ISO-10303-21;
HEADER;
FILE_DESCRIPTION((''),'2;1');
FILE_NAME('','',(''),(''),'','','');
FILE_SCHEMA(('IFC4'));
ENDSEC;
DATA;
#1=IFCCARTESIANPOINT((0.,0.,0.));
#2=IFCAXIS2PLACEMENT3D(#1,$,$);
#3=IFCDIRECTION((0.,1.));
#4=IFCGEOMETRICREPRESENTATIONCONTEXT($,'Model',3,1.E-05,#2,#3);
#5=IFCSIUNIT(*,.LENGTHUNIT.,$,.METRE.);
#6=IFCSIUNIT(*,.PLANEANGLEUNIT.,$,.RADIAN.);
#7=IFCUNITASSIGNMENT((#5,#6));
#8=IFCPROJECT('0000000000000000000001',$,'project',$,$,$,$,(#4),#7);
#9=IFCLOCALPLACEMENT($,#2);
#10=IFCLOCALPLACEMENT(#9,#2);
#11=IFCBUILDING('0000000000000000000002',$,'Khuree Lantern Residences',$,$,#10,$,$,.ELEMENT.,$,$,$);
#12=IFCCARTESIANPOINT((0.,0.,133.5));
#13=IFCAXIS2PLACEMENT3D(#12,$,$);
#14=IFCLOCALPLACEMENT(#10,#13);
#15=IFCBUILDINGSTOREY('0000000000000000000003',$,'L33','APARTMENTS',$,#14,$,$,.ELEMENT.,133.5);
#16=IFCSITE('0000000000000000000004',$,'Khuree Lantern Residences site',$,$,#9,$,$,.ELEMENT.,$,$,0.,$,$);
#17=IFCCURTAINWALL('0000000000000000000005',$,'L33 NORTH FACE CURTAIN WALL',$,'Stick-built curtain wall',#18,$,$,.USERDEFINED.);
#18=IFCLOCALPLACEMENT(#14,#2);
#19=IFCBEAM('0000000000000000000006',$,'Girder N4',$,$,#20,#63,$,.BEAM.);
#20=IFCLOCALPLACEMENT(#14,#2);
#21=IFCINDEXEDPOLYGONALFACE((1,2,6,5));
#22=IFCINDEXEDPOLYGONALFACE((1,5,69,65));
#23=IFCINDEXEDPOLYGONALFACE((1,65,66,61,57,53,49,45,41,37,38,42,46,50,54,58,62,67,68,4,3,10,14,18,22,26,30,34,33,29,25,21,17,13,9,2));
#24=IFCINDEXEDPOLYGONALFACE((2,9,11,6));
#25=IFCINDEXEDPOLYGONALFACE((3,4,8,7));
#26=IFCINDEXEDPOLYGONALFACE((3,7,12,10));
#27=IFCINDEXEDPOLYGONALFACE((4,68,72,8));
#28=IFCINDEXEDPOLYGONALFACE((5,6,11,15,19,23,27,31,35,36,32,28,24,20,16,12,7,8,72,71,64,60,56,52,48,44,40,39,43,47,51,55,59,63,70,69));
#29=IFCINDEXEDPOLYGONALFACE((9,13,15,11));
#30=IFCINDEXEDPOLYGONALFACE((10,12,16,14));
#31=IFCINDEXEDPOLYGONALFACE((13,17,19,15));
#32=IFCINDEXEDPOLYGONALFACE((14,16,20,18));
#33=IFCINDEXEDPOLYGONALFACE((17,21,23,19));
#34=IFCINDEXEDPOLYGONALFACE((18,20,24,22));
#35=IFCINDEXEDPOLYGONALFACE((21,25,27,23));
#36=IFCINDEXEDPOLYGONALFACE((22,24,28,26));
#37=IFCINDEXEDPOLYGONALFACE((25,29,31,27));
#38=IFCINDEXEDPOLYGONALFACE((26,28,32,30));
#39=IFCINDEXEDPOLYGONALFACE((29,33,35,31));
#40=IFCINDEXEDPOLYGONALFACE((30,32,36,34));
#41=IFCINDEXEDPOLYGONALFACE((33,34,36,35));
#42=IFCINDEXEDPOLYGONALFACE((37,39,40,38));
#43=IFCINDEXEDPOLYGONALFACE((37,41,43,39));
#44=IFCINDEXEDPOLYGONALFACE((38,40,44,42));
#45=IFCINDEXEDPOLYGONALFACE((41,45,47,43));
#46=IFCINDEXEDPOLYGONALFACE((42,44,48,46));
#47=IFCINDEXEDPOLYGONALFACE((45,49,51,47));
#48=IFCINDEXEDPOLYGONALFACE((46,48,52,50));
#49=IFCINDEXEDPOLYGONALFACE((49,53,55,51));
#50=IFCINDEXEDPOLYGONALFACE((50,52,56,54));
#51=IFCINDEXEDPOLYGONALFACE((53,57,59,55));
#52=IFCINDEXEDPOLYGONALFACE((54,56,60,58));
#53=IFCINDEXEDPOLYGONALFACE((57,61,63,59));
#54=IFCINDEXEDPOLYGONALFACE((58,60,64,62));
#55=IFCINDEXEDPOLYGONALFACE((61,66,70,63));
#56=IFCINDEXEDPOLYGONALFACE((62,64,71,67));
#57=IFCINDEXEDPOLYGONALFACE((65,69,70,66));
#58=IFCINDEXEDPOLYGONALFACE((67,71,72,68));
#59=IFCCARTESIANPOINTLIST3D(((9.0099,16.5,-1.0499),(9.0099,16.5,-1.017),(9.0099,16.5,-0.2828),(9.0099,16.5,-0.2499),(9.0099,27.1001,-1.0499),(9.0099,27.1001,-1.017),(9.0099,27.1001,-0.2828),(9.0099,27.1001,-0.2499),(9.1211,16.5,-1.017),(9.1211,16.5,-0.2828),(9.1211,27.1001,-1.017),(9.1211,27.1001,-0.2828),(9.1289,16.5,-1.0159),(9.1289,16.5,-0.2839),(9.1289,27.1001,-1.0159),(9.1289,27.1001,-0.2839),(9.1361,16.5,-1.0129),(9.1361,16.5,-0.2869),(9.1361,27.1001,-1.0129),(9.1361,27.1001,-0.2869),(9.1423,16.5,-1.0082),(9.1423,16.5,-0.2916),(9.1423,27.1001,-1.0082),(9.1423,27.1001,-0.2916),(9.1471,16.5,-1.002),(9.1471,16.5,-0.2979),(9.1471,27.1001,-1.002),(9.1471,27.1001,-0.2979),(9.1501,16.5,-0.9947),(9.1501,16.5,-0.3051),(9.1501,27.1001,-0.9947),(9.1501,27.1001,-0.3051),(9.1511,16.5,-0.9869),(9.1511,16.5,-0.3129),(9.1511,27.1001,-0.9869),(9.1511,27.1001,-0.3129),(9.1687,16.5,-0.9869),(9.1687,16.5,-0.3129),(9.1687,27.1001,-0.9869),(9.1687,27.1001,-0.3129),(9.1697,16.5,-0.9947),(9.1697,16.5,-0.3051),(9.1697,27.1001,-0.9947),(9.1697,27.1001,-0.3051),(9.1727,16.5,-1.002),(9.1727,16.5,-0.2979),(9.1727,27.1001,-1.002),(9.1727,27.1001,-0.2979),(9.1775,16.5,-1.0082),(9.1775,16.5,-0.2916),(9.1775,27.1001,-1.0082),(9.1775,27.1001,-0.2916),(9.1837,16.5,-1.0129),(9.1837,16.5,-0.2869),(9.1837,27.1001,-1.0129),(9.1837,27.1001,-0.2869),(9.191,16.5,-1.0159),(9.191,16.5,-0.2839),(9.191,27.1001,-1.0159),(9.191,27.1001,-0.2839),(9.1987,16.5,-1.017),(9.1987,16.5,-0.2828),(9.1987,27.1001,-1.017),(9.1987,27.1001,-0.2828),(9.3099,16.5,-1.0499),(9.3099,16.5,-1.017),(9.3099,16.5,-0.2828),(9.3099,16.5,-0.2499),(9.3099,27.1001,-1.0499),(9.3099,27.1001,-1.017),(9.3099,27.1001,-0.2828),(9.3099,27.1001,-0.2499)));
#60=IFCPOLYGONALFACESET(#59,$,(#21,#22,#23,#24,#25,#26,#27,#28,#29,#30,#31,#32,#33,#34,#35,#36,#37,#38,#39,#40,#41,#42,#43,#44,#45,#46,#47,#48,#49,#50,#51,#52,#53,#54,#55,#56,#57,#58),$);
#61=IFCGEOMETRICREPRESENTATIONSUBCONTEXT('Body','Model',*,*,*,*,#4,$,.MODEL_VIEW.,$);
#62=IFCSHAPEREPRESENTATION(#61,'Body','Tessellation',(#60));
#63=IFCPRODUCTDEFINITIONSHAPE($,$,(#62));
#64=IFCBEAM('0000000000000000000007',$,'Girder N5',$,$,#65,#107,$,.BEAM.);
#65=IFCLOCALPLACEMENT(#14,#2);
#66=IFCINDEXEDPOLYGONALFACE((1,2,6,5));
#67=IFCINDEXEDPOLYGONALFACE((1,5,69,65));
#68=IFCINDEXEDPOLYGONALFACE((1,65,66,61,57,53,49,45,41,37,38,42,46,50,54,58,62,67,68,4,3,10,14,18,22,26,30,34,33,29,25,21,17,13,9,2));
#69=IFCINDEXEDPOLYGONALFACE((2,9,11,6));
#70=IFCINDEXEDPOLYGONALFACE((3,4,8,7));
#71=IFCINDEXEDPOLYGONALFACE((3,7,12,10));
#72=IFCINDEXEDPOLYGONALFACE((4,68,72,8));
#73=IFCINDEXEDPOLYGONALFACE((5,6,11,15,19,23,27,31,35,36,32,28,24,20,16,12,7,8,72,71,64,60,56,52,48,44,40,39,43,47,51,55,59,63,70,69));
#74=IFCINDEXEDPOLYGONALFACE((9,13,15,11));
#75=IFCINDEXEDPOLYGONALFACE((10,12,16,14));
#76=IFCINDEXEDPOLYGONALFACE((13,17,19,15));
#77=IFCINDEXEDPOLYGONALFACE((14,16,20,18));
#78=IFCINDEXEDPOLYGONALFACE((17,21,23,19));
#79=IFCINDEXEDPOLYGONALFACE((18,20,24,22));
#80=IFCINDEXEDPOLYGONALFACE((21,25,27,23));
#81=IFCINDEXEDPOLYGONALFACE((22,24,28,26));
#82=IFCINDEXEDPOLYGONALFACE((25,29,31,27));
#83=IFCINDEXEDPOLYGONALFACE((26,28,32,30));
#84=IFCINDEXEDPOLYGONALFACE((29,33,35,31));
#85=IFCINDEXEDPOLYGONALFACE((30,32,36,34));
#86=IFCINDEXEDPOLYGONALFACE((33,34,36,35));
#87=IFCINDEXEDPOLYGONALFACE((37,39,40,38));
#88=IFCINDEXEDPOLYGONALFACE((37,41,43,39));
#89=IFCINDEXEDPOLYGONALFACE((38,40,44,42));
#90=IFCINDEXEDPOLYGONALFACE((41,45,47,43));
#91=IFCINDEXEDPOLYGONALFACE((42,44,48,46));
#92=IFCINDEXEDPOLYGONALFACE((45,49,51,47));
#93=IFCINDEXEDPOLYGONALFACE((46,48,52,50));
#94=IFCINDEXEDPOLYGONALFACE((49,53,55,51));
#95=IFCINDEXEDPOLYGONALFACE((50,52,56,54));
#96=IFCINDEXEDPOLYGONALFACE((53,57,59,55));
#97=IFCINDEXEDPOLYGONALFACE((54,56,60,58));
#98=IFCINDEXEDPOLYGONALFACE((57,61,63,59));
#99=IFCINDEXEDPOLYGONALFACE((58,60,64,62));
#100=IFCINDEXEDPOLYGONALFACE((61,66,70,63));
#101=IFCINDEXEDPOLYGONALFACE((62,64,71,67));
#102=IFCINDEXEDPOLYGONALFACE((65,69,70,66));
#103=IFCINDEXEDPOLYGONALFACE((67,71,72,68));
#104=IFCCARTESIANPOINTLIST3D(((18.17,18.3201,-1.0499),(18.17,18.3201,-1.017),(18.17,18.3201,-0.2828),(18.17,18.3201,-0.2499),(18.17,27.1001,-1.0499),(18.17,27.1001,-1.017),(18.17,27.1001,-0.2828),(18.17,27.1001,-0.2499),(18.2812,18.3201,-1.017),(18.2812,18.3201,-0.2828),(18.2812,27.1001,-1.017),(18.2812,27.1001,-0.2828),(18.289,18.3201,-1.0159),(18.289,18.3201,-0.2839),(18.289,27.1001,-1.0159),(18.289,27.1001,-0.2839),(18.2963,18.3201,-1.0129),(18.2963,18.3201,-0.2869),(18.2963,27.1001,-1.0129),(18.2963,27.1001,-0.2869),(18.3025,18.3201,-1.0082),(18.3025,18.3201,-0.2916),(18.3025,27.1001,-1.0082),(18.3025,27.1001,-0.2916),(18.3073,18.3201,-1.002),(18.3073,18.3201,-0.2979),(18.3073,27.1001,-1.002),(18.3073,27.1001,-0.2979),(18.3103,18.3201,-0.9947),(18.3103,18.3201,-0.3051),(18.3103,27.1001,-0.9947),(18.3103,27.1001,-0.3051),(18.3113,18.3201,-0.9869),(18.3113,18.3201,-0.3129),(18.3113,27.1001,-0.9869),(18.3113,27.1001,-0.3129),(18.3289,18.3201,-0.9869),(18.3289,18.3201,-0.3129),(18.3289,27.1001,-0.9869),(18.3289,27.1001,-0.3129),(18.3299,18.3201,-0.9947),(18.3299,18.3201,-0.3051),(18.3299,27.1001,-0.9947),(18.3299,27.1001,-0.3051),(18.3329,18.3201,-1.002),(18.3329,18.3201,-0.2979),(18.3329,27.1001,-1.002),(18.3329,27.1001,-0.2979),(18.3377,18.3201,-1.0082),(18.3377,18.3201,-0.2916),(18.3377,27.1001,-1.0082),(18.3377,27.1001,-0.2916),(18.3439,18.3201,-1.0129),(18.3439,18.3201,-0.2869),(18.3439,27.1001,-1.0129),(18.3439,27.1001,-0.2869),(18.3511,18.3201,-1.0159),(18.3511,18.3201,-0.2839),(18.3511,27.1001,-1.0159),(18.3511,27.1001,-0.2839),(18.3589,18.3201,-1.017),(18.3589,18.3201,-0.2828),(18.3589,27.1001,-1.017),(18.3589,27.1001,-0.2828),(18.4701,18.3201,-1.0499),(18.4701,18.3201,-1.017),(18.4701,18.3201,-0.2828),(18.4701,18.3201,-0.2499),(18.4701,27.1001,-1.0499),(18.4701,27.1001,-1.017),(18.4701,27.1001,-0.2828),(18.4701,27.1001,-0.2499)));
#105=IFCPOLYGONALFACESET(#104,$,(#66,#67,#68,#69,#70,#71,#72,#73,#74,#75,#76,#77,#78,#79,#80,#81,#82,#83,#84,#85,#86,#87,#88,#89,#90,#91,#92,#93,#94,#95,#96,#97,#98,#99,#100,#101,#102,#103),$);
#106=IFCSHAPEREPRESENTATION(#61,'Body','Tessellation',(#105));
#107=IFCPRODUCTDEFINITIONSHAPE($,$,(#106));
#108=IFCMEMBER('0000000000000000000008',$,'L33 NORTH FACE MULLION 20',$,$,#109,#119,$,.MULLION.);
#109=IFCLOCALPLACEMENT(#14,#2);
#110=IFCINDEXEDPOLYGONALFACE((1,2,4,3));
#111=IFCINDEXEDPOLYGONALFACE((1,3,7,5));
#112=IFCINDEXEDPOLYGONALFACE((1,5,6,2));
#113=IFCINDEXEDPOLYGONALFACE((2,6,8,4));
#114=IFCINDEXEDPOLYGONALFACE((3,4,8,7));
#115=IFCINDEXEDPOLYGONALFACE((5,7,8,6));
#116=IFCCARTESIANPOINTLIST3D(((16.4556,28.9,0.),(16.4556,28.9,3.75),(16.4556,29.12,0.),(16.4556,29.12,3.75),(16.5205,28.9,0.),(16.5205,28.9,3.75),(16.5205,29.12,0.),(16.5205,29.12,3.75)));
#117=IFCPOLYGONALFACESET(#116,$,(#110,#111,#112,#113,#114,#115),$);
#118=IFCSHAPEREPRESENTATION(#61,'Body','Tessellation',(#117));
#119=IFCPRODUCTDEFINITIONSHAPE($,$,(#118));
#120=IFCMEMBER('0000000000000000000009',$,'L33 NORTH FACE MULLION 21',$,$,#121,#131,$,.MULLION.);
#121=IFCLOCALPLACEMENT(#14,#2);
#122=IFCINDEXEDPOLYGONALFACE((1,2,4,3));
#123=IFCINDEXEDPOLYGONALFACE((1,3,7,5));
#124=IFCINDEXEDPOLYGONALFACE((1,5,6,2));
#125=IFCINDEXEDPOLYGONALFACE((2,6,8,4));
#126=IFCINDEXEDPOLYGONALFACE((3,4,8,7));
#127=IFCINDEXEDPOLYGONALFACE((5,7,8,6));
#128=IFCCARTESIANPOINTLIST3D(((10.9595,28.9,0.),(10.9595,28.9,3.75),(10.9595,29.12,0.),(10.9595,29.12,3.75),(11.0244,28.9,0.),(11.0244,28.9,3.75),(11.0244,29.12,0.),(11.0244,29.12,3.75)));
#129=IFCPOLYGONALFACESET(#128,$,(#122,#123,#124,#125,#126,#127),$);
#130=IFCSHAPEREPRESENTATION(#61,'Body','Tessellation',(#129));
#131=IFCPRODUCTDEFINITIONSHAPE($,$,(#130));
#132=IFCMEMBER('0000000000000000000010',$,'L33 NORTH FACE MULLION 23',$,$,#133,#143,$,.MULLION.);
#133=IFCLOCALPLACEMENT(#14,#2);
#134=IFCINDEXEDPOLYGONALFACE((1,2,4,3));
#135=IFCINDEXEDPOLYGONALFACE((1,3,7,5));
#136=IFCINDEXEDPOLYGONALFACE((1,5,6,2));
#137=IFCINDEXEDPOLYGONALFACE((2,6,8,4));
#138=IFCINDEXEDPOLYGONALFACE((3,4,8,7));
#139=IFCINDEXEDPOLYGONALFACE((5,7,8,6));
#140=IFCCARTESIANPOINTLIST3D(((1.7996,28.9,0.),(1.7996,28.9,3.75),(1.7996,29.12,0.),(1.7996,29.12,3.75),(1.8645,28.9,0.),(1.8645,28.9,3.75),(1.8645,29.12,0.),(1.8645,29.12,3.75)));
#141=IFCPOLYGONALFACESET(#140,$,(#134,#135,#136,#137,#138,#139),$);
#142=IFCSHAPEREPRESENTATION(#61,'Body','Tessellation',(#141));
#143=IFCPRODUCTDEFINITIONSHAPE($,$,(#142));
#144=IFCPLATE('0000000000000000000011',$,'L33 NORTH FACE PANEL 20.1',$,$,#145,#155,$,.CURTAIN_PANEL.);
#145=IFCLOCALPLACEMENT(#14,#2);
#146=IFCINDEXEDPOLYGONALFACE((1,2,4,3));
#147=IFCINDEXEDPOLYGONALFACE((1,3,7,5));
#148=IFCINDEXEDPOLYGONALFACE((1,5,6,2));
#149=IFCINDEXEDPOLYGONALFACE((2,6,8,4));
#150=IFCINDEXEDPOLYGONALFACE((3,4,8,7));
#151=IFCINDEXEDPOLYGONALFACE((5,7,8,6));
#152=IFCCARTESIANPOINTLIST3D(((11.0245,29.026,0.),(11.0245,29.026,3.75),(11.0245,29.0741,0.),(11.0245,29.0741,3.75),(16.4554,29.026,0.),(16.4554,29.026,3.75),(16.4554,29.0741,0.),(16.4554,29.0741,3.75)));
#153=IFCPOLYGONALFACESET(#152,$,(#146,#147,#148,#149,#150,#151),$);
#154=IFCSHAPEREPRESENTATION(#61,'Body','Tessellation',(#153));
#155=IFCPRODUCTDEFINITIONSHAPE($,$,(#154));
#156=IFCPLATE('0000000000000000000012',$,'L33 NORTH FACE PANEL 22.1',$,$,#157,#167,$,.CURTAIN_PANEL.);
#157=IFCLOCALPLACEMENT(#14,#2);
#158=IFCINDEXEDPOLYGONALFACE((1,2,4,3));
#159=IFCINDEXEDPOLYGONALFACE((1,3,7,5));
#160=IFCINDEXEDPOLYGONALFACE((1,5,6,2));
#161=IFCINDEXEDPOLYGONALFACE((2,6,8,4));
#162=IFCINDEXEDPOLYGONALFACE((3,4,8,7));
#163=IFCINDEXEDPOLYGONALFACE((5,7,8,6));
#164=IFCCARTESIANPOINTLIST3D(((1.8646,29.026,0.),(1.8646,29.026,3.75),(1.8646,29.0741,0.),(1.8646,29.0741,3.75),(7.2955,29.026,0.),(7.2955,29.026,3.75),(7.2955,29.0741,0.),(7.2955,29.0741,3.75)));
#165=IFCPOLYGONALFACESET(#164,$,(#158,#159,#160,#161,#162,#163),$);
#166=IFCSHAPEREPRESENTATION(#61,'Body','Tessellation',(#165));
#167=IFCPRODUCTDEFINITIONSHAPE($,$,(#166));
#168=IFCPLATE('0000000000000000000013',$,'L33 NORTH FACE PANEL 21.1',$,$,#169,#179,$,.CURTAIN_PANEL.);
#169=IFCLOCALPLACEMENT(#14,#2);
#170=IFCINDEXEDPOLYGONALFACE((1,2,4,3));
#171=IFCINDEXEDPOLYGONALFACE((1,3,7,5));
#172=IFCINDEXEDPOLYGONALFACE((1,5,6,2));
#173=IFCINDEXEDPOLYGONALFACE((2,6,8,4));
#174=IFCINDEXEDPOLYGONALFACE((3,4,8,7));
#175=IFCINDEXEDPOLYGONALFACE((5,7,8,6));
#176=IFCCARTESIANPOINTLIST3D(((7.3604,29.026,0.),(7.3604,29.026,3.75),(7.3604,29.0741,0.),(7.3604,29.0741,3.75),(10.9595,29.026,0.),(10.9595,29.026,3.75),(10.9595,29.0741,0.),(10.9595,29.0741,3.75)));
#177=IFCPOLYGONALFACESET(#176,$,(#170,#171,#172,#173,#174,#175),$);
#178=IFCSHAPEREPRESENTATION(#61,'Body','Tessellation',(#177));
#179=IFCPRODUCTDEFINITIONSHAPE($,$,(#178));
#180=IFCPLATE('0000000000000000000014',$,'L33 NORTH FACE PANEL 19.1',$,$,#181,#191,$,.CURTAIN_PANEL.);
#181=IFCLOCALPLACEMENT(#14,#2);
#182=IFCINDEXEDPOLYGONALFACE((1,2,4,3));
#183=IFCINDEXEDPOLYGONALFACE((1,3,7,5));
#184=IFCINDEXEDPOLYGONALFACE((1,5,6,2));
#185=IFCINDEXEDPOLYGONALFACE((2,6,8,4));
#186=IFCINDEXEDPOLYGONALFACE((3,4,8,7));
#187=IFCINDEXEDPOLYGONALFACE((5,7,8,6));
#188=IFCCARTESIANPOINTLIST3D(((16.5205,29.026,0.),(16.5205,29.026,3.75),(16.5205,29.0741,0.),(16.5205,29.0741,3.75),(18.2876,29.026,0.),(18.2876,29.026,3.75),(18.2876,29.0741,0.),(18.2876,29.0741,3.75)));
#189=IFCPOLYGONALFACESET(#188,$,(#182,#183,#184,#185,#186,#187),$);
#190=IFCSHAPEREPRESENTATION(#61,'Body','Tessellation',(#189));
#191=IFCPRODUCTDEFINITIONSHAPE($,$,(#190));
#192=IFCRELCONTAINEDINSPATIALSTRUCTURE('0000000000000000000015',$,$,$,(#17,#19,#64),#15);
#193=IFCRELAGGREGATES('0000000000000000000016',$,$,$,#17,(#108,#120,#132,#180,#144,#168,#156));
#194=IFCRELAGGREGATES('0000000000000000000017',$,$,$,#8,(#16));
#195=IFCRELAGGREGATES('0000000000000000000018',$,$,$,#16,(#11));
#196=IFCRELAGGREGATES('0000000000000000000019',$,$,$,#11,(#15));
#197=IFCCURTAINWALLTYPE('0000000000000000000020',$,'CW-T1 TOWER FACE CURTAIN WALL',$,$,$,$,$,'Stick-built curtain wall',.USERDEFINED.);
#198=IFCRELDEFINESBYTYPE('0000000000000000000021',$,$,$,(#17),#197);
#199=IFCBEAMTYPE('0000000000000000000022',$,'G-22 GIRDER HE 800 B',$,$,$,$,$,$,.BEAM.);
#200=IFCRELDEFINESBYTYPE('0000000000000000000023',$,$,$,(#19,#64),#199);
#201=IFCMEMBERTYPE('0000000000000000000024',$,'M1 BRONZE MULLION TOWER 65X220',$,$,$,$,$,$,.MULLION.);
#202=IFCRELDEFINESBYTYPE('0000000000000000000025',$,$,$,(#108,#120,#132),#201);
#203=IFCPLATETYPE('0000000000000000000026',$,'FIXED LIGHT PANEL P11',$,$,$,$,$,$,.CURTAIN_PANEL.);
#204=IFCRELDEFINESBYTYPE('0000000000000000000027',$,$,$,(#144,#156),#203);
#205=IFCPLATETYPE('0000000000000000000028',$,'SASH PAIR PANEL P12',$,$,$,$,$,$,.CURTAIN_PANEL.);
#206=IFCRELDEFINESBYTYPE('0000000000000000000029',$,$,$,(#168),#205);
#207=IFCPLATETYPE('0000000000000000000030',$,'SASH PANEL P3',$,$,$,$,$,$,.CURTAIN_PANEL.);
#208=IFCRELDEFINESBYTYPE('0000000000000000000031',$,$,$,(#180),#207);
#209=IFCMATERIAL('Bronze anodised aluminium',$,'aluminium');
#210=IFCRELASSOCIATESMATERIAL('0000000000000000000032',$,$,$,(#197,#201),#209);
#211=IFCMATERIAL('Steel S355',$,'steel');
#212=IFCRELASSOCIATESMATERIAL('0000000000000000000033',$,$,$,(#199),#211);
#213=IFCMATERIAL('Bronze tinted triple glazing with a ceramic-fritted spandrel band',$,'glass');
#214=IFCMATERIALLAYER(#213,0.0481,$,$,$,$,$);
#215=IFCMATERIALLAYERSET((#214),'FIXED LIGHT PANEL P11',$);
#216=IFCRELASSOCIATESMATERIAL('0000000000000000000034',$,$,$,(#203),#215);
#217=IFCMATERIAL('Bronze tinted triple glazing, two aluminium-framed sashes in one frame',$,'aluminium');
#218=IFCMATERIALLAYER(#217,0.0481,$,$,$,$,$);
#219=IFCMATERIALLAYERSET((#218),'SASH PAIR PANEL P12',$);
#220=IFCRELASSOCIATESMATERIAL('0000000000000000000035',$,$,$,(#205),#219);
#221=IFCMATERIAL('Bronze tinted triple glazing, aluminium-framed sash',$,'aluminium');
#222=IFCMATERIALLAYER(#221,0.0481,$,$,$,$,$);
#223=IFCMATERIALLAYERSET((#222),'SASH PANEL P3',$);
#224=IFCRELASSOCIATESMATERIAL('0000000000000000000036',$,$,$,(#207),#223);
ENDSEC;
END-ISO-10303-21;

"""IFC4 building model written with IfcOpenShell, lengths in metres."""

from ifc_helpers import new_model, si_unit, direction, frame, origin, origin_2d, place, context, subcontext, project, spatial, rectangle, i_section, extrude, material, layer, layer_set, material_profile, profile_set, type_object, element, aggregate, save


model = new_model("IFC4")

# Units and contexts
model_context = context("Model", 3, precision=1e-05, world=origin(), true_north=direction((0.0, 1.0)))
body_context = subcontext(model_context, "Body", "Model", "MODEL_VIEW")
ifc_project = project(units=[si_unit("LENGTHUNIT", "METRE"), si_unit("PLANEANGLEUNIT", "RADIAN")], contexts=[model_context])

# Site, building, storey
site_placement = place(None, origin())
site = spatial("IfcSite", under=ifc_project, at=site_placement, Name="Khuree Lantern Residences site", CompositionType="ELEMENT", RefElevation=0.0)
building_placement = place(site_placement, origin())
building = spatial("IfcBuilding", under=site, at=building_placement, Name="Khuree Lantern Residences", CompositionType="ELEMENT")
storey_placement = place(building_placement, frame((0.0, 0.0, 133.5)))
storey = spatial("IfcBuildingStorey", under=building, at=storey_placement, Name="L33", Description="APARTMENTS", CompositionType="ELEMENT", Elevation=133.5)

# Shared definitions
ifc_material_1 = material(Name="Steel S355", Category="steel")

# Curtain wall
ifc_material_2 = material(Name="Bronze anodised aluminium", Category="aluminium")
curtain_wall_type = type_object("IfcCurtainWallType", Name="CW-T1 TOWER FACE CURTAIN WALL", ElementType="Stick-built curtain wall", PredefinedType="USERDEFINED", material=ifc_material_2)
curtain_wall_placement = place(storey_placement, origin())
curtain_wall = element("IfcCurtainWall", 1, at=curtain_wall_placement, inside=storey, type_object=curtain_wall_type, Name="L33 NORTH FACE CURTAIN WALL", ObjectType="Stick-built curtain wall", PredefinedType="USERDEFINED")

# Beams
ifc_material_profile_1 = material_profile(ifc_material_1, i_section(OverallWidth=0.3, OverallDepth=0.8, WebThickness=0.0176, FlangeThickness=0.033, FilletRadius=0.03, at=origin_2d()), Name="HE 800 B")
ifc_profile_set_1 = profile_set([ifc_material_profile_1], Name="Steel S355")
beam_type_1 = type_object("IfcBeamType", Name="G-22 GIRDER HE 800 B", PredefinedType="BEAM", material=ifc_profile_set_1)
beam_1_placement = place(storey_placement, frame((9.1599, 27.1001, -0.6499), z_axis=(0.0, -1.0, 0.0), x_axis=(1.0, 0.0, 0.0)))
element("IfcBeam", 2, at=beam_1_placement, inside=storey, type_object=beam_type_1, Name="Girder N4", PredefinedType="BEAM", context=body_context, shape_type="SweptSolid", body=[
    extrude(i_section(OverallWidth=0.3, OverallDepth=0.8, WebThickness=0.0176, FlangeThickness=0.033, FilletRadius=0.03, at=origin_2d()), origin(), (0.0, 0.0, 1.0), 10.6001),
])
beam_2_placement = place(storey_placement, frame((18.3201, 27.1001, -0.6499), z_axis=(0.0, -1.0, 0.0), x_axis=(1.0, 0.0, 0.0)))
element("IfcBeam", 3, at=beam_2_placement, inside=storey, type_object=beam_type_1, Name="Girder N5", PredefinedType="BEAM", context=body_context, shape_type="SweptSolid", body=[
    extrude(i_section(OverallWidth=0.3, OverallDepth=0.8, WebThickness=0.0176, FlangeThickness=0.033, FilletRadius=0.03, at=origin_2d()), origin(), (0.0, 0.0, 1.0), 8.78),
])

# Members
ifc_material_profile_2 = material_profile(ifc_material_2, rectangle(XDim=0.0649, YDim=0.22, at=origin_2d()), Name="M1 65X220")
ifc_profile_set_2 = profile_set([ifc_material_profile_2], Name="Bronze anodised aluminium")
member_type_1 = type_object("IfcMemberType", Name="M1 BRONZE MULLION TOWER 65X220", PredefinedType="MULLION", material=ifc_profile_set_2)
member_1_placement = place(storey_placement, frame((16.488, 29.01, 0.0), z_axis=(0.0, 0.0, 1.0), x_axis=(-1.0, 0.0, 0.0)))
member_1 = element("IfcMember", 4, at=member_1_placement, type_object=member_type_1, Name="L33 NORTH FACE MULLION 20", PredefinedType="MULLION", context=body_context, shape_type="SweptSolid", body=[
    extrude(rectangle(XDim=0.0649, YDim=0.22, at=origin_2d()), origin(), (0.0, 0.0, 1.0), 3.75),
])
member_2_placement = place(storey_placement, frame((10.9919, 29.01, 0.0), z_axis=(0.0, 0.0, 1.0), x_axis=(-1.0, 0.0, 0.0)))
member_2 = element("IfcMember", 5, at=member_2_placement, type_object=member_type_1, Name="L33 NORTH FACE MULLION 21", PredefinedType="MULLION", context=body_context, shape_type="SweptSolid", body=[
    extrude(rectangle(XDim=0.0649, YDim=0.22, at=origin_2d()), origin(), (0.0, 0.0, 1.0), 3.75),
])
member_3_placement = place(storey_placement, frame((1.832, 29.01, 0.0), z_axis=(0.0, 0.0, 1.0), x_axis=(-1.0, 0.0, 0.0)))
member_3 = element("IfcMember", 6, at=member_3_placement, type_object=member_type_1, Name="L33 NORTH FACE MULLION 23", PredefinedType="MULLION", context=body_context, shape_type="SweptSolid", body=[
    extrude(rectangle(XDim=0.0649, YDim=0.22, at=origin_2d()), origin(), (0.0, 0.0, 1.0), 3.75),
])

# Plates
ifc_material_3 = material(Name="Bronze tinted triple glazing with a ceramic-fritted spandrel band", Category="glass")
ifc_layer_1 = layer(ifc_material_3, 0.0481)
ifc_layer_set_1 = layer_set([ifc_layer_1], Name="FIXED LIGHT PANEL P11")
plate_type_1 = type_object("IfcPlateType", Name="FIXED LIGHT PANEL P11", PredefinedType="CURTAIN_PANEL", material=ifc_layer_set_1)
plate_1_placement = place(storey_placement, frame((13.74, 29.05, 0.0), z_axis=(0.0, 0.0, 1.0), x_axis=(-1.0, 0.0, 0.0)))
plate_1 = element("IfcPlate", 7, at=plate_1_placement, type_object=plate_type_1, Name="L33 NORTH FACE PANEL 20.1", PredefinedType="CURTAIN_PANEL", context=body_context, shape_type="SweptSolid", body=[
    extrude(rectangle(XDim=5.4309, YDim=0.0481, at=origin_2d()), origin(), (0.0, 0.0, 1.0), 3.75),
])
plate_2_placement = place(storey_placement, frame((4.5801, 29.05, 0.0), z_axis=(0.0, 0.0, 1.0), x_axis=(-1.0, 0.0, 0.0)))
plate_2 = element("IfcPlate", 8, at=plate_2_placement, type_object=plate_type_1, Name="L33 NORTH FACE PANEL 22.1", PredefinedType="CURTAIN_PANEL", context=body_context, shape_type="SweptSolid", body=[
    extrude(rectangle(XDim=5.4309, YDim=0.0481, at=origin_2d()), origin(), (0.0, 0.0, 1.0), 3.75),
])
ifc_material_4 = material(Name="Bronze tinted triple glazing, two aluminium-framed sashes in one frame", Category="aluminium")
ifc_layer_2 = layer(ifc_material_4, 0.0481)
ifc_layer_set_2 = layer_set([ifc_layer_2], Name="SASH PAIR PANEL P12")
plate_type_2 = type_object("IfcPlateType", Name="SASH PAIR PANEL P12", PredefinedType="CURTAIN_PANEL", material=ifc_layer_set_2)
plate_3_placement = place(storey_placement, frame((9.1599, 29.05, 0.0), z_axis=(0.0, 0.0, 1.0), x_axis=(-1.0, 0.0, 0.0)))
plate_3 = element("IfcPlate", 9, at=plate_3_placement, type_object=plate_type_2, Name="L33 NORTH FACE PANEL 21.1", PredefinedType="CURTAIN_PANEL", context=body_context, shape_type="SweptSolid", body=[
    extrude(rectangle(XDim=3.5991, YDim=0.0481, at=origin_2d()), origin(), (0.0, 0.0, 1.0), 3.75),
])
ifc_material_5 = material(Name="Bronze tinted triple glazing, aluminium-framed sash", Category="aluminium")
ifc_layer_3 = layer(ifc_material_5, 0.0481)
ifc_layer_set_3 = layer_set([ifc_layer_3], Name="SASH PANEL P3")
plate_type_3 = type_object("IfcPlateType", Name="SASH PANEL P3", PredefinedType="CURTAIN_PANEL", material=ifc_layer_set_3)
plate_4_placement = place(storey_placement, frame((17.4041, 29.05, 0.0), z_axis=(0.0, 0.0, 1.0), x_axis=(-1.0, 0.0, 0.0)))
plate_4 = element("IfcPlate", 10, at=plate_4_placement, type_object=plate_type_3, Name="L33 NORTH FACE PANEL 19.1", PredefinedType="CURTAIN_PANEL", context=body_context, shape_type="SweptSolid", body=[
    extrude(rectangle(XDim=1.7671, YDim=0.0481, at=origin_2d()), origin(), (0.0, 0.0, 1.0), 3.75),
])
aggregate(curtain_wall, [member_1, member_2, member_3, plate_4, plate_1, plate_3, plate_2])

save(model, "model.ifc")
